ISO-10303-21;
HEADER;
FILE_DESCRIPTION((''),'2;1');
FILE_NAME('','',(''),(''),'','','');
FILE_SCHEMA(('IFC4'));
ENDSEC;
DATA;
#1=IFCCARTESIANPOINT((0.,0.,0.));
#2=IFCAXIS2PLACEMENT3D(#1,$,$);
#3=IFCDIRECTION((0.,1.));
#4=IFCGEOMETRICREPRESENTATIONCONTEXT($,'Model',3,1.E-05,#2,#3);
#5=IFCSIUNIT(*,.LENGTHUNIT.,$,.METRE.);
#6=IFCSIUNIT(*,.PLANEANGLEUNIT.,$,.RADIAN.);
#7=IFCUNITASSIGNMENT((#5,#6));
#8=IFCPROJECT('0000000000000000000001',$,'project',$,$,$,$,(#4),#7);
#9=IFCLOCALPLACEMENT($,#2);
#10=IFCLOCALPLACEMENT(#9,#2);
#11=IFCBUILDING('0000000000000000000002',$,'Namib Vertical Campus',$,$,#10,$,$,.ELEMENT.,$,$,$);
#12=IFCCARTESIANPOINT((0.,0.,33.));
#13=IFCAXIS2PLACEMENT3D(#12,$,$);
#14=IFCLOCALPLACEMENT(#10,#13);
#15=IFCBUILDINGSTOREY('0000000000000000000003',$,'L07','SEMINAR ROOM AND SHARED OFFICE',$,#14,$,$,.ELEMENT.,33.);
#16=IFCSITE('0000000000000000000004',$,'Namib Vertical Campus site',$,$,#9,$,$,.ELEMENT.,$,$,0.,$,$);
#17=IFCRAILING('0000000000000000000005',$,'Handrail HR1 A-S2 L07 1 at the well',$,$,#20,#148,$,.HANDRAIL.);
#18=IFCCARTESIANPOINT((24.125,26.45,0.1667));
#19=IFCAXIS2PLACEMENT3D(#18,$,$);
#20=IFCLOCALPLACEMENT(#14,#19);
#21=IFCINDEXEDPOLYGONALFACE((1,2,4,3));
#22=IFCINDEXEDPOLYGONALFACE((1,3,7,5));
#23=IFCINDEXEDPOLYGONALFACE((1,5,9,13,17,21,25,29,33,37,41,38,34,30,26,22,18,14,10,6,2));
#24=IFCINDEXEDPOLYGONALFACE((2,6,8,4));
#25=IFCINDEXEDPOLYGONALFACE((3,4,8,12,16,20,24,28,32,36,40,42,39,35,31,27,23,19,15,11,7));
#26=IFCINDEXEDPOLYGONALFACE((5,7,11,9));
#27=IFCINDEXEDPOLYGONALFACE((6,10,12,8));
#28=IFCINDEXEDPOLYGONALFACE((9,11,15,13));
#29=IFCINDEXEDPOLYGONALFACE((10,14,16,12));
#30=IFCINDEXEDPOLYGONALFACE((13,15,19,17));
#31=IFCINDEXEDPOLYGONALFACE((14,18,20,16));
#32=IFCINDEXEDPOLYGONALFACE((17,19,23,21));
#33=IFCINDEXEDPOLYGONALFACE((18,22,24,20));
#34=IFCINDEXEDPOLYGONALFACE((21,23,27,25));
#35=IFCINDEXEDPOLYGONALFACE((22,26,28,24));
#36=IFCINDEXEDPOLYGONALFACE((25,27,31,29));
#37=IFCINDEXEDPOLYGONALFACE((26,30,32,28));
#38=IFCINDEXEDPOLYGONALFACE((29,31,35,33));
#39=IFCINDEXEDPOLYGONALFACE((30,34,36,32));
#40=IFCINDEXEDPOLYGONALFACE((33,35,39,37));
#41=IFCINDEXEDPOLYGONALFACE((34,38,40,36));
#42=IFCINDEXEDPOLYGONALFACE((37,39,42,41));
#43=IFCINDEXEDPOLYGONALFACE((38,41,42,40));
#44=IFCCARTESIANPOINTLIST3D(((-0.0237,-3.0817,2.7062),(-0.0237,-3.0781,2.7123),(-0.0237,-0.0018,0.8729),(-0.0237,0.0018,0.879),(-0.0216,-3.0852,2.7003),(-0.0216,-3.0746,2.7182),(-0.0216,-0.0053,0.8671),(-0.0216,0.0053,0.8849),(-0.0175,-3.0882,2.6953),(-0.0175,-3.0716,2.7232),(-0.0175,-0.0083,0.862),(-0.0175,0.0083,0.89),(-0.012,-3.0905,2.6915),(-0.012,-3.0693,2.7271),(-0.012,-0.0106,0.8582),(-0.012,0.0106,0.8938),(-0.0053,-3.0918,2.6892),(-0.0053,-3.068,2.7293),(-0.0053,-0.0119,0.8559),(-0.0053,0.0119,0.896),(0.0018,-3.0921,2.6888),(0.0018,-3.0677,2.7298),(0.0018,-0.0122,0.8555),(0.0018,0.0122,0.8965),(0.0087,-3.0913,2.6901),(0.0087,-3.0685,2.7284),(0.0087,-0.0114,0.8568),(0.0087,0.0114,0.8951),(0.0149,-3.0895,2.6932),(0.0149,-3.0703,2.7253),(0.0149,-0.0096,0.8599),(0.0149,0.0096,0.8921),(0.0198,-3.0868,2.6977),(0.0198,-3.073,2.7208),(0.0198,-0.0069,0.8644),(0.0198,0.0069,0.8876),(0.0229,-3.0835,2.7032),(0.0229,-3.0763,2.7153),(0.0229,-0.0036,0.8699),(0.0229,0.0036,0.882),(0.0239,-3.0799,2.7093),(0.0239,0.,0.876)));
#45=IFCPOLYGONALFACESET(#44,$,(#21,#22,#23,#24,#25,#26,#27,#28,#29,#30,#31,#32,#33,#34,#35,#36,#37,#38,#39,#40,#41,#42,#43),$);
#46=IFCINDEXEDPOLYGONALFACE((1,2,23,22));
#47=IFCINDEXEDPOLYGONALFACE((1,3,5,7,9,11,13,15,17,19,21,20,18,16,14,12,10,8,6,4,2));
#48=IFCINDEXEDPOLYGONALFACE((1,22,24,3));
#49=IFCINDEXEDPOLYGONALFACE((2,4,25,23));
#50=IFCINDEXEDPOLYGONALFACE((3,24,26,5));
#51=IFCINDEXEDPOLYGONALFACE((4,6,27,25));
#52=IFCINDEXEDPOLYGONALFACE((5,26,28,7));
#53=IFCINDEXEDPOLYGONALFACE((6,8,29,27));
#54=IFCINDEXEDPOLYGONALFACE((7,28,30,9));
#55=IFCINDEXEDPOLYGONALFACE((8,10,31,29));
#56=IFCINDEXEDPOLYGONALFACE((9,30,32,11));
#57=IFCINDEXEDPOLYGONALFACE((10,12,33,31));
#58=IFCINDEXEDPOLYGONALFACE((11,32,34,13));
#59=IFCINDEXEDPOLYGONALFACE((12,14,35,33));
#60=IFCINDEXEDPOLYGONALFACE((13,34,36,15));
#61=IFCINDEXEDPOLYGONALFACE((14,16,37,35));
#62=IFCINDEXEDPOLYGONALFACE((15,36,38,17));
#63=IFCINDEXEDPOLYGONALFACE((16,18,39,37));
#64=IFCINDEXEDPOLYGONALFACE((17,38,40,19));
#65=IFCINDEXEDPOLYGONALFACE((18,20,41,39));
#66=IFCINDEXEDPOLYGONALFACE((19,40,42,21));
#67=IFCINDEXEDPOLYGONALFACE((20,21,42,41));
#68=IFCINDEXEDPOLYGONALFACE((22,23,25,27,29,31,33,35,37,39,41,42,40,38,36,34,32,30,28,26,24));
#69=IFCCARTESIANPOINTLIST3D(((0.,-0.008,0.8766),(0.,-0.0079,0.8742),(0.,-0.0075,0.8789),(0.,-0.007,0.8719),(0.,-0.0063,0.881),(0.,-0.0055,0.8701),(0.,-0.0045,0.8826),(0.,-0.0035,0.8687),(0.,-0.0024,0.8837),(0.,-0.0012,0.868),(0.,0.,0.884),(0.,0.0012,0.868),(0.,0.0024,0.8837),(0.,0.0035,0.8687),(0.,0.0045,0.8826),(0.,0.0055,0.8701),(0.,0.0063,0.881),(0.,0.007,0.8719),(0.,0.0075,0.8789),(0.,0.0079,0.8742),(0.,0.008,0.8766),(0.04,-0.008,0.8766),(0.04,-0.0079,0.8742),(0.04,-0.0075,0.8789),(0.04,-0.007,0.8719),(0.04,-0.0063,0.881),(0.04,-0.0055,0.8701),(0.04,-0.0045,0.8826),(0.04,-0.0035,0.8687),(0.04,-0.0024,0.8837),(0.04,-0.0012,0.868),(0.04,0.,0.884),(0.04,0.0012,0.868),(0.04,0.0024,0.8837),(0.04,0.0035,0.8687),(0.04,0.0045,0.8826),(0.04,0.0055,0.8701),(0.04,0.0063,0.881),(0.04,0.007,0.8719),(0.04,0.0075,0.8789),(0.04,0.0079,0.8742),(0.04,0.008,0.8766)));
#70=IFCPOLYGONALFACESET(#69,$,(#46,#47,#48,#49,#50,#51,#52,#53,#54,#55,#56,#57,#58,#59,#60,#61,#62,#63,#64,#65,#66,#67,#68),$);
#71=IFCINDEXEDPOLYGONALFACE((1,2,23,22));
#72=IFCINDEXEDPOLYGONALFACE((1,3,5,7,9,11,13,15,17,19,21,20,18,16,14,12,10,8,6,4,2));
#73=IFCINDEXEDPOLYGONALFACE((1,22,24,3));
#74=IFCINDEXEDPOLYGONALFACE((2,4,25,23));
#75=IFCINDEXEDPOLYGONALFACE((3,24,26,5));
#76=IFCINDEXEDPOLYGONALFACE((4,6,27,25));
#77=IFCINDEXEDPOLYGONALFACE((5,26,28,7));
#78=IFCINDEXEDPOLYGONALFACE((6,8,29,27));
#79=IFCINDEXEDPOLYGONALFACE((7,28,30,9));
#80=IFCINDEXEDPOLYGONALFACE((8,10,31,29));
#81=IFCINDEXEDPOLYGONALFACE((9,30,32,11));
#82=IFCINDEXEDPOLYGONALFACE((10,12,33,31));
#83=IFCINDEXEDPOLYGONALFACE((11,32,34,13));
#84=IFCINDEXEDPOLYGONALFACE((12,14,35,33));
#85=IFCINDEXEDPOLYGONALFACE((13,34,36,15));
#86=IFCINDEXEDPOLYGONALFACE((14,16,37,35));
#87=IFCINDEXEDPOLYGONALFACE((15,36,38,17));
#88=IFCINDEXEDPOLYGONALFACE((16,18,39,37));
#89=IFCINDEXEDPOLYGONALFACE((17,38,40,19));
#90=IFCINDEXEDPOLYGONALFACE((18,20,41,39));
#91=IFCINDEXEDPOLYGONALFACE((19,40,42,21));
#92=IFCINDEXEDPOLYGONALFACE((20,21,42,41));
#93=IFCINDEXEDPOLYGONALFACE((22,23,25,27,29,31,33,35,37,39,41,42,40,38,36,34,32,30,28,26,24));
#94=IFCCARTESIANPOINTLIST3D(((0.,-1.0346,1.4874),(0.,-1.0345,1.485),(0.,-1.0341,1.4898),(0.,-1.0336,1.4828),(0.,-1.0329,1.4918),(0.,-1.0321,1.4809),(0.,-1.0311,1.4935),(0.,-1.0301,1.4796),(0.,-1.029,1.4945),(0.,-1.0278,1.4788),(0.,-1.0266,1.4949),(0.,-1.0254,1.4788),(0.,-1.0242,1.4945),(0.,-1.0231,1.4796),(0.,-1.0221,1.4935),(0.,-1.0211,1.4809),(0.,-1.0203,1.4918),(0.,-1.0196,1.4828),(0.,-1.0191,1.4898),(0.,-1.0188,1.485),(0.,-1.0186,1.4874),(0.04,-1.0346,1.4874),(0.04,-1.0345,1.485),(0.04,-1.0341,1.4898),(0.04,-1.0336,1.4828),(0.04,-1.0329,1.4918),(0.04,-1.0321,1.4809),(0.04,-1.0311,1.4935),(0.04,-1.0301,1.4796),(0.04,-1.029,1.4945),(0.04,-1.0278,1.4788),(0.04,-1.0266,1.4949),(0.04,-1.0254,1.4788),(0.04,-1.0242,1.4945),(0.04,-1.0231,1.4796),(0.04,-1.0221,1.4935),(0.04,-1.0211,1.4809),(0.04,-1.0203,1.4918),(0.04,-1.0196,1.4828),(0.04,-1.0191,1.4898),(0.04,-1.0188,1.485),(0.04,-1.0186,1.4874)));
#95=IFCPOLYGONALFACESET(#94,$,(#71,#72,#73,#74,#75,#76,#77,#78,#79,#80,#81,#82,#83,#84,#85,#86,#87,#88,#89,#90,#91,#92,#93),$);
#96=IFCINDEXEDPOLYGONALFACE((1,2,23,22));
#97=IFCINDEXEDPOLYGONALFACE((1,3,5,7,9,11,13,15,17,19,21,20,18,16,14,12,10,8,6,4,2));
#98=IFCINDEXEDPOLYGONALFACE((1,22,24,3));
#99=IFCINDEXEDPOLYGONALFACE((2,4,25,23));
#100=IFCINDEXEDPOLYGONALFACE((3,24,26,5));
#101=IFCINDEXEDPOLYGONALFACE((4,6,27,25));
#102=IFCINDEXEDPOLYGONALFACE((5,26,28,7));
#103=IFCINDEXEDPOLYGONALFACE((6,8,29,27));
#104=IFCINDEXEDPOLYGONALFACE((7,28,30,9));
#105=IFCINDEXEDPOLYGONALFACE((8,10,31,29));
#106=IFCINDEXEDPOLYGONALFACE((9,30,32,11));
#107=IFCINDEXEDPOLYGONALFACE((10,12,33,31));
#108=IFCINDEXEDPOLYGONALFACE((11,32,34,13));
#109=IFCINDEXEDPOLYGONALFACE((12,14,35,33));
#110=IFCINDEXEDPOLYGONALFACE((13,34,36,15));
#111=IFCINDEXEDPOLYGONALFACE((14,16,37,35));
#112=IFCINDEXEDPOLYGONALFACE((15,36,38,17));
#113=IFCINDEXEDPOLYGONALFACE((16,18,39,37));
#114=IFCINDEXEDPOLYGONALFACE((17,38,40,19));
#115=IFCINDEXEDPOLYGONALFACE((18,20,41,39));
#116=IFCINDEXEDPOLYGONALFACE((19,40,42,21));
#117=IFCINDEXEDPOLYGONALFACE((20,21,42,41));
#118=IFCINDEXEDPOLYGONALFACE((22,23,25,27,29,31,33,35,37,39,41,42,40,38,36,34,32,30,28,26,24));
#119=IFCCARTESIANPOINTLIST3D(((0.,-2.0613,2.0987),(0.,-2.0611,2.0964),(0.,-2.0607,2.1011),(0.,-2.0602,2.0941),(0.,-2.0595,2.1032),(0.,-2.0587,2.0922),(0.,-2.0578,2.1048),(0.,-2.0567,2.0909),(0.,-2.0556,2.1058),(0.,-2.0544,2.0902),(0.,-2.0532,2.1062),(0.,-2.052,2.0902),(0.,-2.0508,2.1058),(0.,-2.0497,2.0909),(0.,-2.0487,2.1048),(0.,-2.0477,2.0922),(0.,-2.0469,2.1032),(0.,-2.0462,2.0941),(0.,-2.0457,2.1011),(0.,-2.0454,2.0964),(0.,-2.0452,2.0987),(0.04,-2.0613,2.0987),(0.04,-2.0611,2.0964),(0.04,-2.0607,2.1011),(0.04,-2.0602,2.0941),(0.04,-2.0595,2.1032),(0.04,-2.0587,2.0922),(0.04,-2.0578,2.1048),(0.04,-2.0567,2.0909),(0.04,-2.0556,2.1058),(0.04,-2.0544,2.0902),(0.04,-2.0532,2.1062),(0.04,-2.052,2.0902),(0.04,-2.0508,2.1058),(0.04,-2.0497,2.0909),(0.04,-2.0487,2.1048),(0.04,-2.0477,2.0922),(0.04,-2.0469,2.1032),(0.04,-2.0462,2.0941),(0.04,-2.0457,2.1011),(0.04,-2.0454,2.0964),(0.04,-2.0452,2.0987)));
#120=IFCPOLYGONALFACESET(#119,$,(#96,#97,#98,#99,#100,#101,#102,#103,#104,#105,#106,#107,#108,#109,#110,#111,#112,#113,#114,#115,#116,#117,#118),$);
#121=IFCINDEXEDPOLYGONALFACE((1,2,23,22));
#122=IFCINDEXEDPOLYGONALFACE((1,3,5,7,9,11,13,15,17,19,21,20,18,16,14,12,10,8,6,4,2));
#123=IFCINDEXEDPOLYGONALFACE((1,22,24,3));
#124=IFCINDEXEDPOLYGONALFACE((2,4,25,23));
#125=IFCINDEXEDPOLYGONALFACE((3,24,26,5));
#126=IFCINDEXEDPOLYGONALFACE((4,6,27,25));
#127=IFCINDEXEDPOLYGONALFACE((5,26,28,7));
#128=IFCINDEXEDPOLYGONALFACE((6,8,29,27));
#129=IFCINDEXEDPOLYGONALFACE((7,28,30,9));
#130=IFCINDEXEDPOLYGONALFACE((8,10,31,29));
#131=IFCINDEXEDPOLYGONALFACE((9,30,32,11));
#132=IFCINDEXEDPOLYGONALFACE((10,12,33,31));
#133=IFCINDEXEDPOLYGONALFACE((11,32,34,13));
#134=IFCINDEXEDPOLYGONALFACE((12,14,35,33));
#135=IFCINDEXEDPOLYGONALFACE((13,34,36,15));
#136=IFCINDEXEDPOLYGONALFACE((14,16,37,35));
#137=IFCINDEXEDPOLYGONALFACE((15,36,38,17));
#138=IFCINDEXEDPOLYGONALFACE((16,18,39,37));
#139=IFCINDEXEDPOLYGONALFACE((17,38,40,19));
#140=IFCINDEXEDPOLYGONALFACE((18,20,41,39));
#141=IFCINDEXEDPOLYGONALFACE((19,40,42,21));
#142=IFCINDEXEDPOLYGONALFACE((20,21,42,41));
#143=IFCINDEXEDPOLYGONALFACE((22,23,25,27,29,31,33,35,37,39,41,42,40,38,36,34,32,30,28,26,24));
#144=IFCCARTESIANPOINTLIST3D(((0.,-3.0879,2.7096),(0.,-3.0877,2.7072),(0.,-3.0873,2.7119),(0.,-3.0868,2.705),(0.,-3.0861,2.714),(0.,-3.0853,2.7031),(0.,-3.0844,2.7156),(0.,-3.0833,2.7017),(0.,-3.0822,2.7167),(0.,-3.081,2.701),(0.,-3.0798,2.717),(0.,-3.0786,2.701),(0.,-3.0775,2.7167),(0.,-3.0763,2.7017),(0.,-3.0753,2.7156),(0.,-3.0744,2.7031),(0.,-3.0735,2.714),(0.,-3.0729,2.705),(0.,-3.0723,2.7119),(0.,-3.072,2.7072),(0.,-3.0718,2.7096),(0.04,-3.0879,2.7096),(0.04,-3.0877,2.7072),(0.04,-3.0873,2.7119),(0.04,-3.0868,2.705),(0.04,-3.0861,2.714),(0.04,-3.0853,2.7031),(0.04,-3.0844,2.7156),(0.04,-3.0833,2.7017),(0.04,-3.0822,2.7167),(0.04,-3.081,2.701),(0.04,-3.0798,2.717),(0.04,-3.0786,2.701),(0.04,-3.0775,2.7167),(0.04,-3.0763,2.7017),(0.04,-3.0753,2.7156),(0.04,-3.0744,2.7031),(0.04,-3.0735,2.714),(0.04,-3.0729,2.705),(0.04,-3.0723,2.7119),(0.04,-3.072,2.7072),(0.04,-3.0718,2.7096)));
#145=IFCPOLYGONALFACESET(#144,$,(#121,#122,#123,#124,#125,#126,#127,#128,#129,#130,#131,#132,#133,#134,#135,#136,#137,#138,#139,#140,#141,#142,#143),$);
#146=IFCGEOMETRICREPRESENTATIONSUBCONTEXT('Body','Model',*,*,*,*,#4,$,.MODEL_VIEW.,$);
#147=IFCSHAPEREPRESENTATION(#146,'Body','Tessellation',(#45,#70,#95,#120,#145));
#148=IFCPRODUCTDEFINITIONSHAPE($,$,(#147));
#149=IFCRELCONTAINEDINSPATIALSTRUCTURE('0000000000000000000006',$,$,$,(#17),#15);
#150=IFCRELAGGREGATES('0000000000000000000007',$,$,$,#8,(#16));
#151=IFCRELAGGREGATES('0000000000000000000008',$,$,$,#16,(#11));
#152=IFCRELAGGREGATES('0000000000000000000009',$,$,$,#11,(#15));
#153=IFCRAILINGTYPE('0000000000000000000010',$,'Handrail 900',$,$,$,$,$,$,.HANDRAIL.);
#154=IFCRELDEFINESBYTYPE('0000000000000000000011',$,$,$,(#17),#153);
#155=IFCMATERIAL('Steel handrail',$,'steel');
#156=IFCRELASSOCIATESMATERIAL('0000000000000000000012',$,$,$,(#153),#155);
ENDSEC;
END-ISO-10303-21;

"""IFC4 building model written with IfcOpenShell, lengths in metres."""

from ifc_helpers import new_model, si_unit, direction, frame, origin, origin_2d, place, context, subcontext, project, spatial, circle, extrude, material, type_object, element, save


model = new_model("IFC4")

# Units and contexts
model_context = context("Model", 3, precision=1e-05, world=origin(), true_north=direction((0.0, 1.0)))
body_context = subcontext(model_context, "Body", "Model", "MODEL_VIEW")
ifc_project = project(units=[si_unit("LENGTHUNIT", "METRE"), si_unit("PLANEANGLEUNIT", "RADIAN")], contexts=[model_context])

# Site, building, storey
site_placement = place(None, origin())
site = spatial("IfcSite", under=ifc_project, at=site_placement, Name="Namib Vertical Campus site", CompositionType="ELEMENT", RefElevation=0.0)
building_placement = place(site_placement, origin())
building = spatial("IfcBuilding", under=site, at=building_placement, Name="Namib Vertical Campus", CompositionType="ELEMENT")
storey_placement = place(building_placement, frame((0.0, 0.0, 33.0)))
storey = spatial("IfcBuildingStorey", under=building, at=storey_placement, Name="L07", Description="SEMINAR ROOM AND SHARED OFFICE", CompositionType="ELEMENT", Elevation=33.0)

# Railing
ifc_material_1 = material(Name="Steel handrail", Category="steel")
railing_type_1 = type_object("IfcRailingType", Name="Handrail 900", PredefinedType="HANDRAIL", material=ifc_material_1)
railing_1_placement = place(storey_placement, frame((24.125, 26.45, 0.1667)))
element("IfcRailing", 1, at=railing_1_placement, inside=storey, type_object=railing_type_1, Name="Handrail HR1 A-S2 L07 1 at the well", PredefinedType="HANDRAIL", context=body_context, shape_type="SweptSolid", body=[
    extrude(circle(Radius=0.0239, at=origin_2d()), frame((0.0, 0.0, 0.876), z_axis=(0.0, -0.859291, 0.511487), x_axis=(1.0, 0.0, 0.0)), (0.0, 0.0, 1.0), 3.5842),
    extrude(circle(Radius=0.0081, at=origin_2d()), frame((0.0, 0.0, 0.876), z_axis=(1.0, 0.0, 0.0), x_axis=(0.0, 0.0, 1.0)), (0.0, 0.0, 1.0), 0.04),
    extrude(circle(Radius=0.0081, at=origin_2d()), frame((0.0, -1.0266, 1.4868), z_axis=(1.0, 0.0, 0.0), x_axis=(0.0, 0.0, 1.0)), (0.0, 0.0, 1.0), 0.04),
    extrude(circle(Radius=0.0081, at=origin_2d()), frame((0.0, -2.0532, 2.0981), z_axis=(1.0, 0.0, 0.0), x_axis=(0.0, 0.0, 1.0)), (0.0, 0.0, 1.0), 0.04),
    extrude(circle(Radius=0.0081, at=origin_2d()), frame((0.0, -3.0798, 2.709), z_axis=(1.0, 0.0, 0.0), x_axis=(0.0, 0.0, 1.0)), (0.0, 0.0, 1.0), 0.04),
])

save(model, "model.ifc")
